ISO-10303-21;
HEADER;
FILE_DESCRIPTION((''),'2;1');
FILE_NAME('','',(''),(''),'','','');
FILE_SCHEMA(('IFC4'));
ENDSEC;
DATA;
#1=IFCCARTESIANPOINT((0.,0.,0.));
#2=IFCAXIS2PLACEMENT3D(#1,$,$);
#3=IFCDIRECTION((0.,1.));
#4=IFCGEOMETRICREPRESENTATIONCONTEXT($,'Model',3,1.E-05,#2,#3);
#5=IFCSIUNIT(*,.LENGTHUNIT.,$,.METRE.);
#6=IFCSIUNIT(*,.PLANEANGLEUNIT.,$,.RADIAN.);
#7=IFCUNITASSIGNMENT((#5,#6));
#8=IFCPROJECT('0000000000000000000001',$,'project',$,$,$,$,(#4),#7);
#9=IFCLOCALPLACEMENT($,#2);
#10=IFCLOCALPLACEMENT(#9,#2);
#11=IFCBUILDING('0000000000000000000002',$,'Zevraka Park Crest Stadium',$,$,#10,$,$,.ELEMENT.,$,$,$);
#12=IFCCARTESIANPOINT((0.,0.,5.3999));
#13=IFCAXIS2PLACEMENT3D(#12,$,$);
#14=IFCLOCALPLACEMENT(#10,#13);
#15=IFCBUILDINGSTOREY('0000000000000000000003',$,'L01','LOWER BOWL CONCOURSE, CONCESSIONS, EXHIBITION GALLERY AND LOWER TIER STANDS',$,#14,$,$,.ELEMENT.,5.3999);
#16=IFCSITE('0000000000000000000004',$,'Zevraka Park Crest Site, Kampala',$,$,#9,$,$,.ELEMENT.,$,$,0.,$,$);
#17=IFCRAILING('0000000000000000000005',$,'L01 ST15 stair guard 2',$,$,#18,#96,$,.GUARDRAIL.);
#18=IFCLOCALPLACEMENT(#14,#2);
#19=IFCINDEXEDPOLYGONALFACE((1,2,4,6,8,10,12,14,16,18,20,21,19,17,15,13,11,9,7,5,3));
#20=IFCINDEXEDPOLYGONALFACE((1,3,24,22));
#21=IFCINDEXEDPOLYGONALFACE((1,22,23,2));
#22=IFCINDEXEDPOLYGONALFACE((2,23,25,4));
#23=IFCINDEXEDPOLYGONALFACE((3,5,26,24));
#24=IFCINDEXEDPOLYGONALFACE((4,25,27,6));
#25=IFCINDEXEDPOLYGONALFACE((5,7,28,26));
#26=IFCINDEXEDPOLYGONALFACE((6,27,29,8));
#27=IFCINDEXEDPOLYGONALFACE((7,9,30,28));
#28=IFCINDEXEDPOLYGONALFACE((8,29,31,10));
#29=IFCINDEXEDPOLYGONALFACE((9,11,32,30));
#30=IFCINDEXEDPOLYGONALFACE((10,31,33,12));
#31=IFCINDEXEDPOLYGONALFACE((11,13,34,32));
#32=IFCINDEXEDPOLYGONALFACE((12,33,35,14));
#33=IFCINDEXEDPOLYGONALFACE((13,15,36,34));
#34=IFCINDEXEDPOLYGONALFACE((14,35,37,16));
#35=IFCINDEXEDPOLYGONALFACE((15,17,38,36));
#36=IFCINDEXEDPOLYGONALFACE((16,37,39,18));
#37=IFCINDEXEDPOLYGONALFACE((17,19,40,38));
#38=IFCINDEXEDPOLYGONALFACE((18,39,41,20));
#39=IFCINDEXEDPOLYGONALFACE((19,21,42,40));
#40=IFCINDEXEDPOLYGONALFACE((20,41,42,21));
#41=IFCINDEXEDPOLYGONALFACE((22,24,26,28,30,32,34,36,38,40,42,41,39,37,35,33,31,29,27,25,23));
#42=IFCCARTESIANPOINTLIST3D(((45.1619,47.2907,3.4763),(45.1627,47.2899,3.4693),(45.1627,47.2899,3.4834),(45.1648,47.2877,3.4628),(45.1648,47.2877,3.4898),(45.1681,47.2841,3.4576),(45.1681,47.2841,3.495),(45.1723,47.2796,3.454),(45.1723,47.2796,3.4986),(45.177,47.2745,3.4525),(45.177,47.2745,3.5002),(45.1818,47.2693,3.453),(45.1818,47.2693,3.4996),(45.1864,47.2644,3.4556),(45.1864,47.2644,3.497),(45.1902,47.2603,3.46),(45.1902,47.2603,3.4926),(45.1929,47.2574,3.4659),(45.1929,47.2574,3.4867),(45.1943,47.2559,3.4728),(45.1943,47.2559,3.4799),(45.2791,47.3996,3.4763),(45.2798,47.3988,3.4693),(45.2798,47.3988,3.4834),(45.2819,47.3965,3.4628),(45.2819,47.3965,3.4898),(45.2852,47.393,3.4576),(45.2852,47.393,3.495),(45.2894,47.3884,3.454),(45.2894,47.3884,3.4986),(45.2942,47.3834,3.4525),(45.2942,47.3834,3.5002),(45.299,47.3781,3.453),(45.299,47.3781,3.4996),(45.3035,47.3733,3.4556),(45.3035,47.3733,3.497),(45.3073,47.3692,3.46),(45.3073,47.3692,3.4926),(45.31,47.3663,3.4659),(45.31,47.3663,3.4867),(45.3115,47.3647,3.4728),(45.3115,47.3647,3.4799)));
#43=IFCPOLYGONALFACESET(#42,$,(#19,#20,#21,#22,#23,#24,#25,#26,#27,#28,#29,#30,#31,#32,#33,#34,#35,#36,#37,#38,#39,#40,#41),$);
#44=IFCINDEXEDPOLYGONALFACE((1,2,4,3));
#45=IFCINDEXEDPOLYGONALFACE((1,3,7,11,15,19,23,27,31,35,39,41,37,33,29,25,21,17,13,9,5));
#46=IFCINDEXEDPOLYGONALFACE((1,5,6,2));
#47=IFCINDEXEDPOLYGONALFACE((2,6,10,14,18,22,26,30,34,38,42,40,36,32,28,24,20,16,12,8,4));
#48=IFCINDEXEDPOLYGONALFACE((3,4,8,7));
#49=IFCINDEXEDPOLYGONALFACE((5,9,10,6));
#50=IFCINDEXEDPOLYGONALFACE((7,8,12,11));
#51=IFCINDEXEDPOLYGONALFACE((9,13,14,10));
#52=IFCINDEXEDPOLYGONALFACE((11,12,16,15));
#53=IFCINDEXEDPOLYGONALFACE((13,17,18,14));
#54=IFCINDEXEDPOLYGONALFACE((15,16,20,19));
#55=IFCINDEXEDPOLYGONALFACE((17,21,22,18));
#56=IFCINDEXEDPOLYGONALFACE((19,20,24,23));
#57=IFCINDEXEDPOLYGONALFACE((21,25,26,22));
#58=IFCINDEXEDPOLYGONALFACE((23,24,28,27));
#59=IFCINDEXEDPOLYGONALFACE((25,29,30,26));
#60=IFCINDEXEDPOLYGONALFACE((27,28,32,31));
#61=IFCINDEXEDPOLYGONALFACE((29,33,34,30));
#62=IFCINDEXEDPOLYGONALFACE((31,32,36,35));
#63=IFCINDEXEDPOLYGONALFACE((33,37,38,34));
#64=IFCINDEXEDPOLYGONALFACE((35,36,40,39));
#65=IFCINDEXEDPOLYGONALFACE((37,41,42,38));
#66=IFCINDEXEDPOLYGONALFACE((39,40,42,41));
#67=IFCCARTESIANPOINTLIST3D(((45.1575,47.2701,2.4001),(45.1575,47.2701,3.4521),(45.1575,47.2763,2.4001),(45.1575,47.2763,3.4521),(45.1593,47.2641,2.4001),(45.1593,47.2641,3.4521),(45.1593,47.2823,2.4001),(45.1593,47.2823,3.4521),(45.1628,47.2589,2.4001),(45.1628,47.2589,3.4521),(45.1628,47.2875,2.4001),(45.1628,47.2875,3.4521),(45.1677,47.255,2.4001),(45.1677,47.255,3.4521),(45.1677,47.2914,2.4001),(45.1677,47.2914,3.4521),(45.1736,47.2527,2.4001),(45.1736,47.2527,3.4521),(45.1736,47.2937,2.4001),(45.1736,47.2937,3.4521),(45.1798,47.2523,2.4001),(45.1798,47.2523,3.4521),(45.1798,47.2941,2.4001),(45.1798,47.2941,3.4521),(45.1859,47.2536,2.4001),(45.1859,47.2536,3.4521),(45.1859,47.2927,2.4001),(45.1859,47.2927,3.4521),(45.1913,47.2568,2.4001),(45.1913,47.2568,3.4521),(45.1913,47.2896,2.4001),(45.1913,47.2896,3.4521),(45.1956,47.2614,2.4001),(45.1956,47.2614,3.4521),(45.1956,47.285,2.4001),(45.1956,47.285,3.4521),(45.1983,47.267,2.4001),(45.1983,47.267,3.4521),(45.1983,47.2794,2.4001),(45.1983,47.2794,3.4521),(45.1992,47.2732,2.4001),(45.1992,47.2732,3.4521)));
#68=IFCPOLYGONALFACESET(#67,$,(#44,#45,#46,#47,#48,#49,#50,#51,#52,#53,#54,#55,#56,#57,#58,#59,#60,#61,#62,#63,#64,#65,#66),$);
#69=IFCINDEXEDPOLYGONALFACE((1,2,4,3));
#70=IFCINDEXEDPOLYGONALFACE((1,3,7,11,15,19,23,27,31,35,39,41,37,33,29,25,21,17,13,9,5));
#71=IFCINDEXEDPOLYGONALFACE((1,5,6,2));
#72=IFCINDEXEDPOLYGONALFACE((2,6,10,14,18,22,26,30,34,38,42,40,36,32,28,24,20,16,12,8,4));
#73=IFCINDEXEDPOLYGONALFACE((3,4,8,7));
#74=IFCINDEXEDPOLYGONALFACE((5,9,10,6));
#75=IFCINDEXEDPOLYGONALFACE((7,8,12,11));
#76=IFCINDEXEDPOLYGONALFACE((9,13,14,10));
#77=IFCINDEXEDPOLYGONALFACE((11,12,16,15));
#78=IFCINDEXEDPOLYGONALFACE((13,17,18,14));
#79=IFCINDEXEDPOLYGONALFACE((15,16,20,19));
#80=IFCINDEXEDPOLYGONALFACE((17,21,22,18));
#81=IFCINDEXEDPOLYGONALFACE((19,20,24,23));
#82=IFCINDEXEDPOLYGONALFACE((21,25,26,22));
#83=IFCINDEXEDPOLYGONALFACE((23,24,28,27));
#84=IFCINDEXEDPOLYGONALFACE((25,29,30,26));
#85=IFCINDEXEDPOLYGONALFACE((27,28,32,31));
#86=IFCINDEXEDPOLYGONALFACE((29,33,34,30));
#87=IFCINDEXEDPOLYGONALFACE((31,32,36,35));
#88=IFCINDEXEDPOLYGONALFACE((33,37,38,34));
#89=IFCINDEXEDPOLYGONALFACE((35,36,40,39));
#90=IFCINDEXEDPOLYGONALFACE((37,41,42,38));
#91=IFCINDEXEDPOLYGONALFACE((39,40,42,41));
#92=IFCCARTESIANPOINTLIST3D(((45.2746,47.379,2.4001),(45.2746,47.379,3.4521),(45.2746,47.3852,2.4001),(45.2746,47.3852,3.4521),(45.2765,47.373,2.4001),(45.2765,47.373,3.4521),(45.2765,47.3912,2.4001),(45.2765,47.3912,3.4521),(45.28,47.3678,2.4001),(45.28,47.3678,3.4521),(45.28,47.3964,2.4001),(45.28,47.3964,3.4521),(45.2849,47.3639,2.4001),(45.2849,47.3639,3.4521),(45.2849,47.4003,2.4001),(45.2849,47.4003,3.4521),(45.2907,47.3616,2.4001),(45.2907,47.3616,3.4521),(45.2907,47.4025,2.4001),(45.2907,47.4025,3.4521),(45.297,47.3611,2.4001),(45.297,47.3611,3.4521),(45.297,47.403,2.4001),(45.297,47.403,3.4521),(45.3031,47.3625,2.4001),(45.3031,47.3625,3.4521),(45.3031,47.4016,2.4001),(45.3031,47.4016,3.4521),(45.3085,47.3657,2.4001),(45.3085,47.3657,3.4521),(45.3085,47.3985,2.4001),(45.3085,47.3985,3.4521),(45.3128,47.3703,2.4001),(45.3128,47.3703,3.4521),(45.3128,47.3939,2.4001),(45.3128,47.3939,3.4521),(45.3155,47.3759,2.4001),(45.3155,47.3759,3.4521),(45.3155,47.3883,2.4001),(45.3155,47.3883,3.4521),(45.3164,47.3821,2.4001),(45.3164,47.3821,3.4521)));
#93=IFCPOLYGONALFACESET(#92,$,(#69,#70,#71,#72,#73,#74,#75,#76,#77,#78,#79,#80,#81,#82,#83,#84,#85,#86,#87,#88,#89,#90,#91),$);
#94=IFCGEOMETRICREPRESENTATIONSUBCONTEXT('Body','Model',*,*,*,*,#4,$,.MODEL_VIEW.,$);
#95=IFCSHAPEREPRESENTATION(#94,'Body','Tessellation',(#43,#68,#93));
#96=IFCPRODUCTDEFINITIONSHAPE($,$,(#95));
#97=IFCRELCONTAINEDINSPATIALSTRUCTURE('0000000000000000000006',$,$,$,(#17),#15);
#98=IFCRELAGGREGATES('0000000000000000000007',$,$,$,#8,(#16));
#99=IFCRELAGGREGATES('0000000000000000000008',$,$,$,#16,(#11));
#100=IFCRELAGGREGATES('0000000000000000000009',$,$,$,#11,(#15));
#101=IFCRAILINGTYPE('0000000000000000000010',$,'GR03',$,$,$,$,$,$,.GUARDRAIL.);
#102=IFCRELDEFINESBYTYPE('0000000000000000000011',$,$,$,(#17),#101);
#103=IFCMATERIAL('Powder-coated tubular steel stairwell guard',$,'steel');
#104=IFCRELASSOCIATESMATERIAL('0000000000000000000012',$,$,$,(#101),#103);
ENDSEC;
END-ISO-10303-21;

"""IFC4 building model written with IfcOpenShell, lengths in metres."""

from ifc_helpers import new_model, si_unit, direction, frame, origin, origin_2d, place, context, subcontext, project, spatial, circle, extrude, material, type_object, element, save


model = new_model("IFC4")

# Units and contexts
model_context = context("Model", 3, precision=1e-05, world=origin(), true_north=direction((0.0, 1.0)))
body_context = subcontext(model_context, "Body", "Model", "MODEL_VIEW")
ifc_project = project(units=[si_unit("LENGTHUNIT", "METRE"), si_unit("PLANEANGLEUNIT", "RADIAN")], contexts=[model_context])

# Site, building, storey
site_placement = place(None, origin())
site = spatial("IfcSite", under=ifc_project, at=site_placement, Name="Zevraka Park Crest Site, Kampala", CompositionType="ELEMENT", RefElevation=0.0)
building_placement = place(site_placement, origin())
building = spatial("IfcBuilding", under=site, at=building_placement, Name="Zevraka Park Crest Stadium", CompositionType="ELEMENT")
storey_placement = place(building_placement, frame((0.0, 0.0, 5.3999)))
storey = spatial("IfcBuildingStorey", under=building, at=storey_placement, Name="L01", Description="LOWER BOWL CONCOURSE, CONCESSIONS, EXHIBITION GALLERY AND LOWER TIER STANDS", CompositionType="ELEMENT", Elevation=5.3999)

# Railing
ifc_material_1 = material(Name="Powder-coated tubular steel stairwell guard", Category="steel")
railing_type_1 = type_object("IfcRailingType", Name="GR03", PredefinedType="GUARDRAIL", material=ifc_material_1)
railing_1_placement = place(storey_placement, frame((45.1782, 47.2732, 2.4001)))
element("IfcRailing", 1, at=railing_1_placement, inside=storey, type_object=railing_type_1, Name="L01 ST15 stair guard 2", PredefinedType="GUARDRAIL", context=body_context, shape_type="SweptSolid", body=[
    extrude(circle(Radius=0.0239, at=origin_2d()), frame((0.0, 0.0, 1.0762), z_axis=(0.732576, 0.680685, 0.0), x_axis=(-0.680685, 0.732576, 0.0)), (0.0, 0.0, 1.0), 0.1599),
    extrude(circle(Radius=0.021, at=origin_2d()), origin(), (0.0, 0.0, 1.0), 1.052),
    extrude(circle(Radius=0.021, at=origin_2d()), frame((0.1172, 0.1089, 0.0)), (0.0, 0.0, 1.0), 1.052),
])

save(model, "model.ifc")
